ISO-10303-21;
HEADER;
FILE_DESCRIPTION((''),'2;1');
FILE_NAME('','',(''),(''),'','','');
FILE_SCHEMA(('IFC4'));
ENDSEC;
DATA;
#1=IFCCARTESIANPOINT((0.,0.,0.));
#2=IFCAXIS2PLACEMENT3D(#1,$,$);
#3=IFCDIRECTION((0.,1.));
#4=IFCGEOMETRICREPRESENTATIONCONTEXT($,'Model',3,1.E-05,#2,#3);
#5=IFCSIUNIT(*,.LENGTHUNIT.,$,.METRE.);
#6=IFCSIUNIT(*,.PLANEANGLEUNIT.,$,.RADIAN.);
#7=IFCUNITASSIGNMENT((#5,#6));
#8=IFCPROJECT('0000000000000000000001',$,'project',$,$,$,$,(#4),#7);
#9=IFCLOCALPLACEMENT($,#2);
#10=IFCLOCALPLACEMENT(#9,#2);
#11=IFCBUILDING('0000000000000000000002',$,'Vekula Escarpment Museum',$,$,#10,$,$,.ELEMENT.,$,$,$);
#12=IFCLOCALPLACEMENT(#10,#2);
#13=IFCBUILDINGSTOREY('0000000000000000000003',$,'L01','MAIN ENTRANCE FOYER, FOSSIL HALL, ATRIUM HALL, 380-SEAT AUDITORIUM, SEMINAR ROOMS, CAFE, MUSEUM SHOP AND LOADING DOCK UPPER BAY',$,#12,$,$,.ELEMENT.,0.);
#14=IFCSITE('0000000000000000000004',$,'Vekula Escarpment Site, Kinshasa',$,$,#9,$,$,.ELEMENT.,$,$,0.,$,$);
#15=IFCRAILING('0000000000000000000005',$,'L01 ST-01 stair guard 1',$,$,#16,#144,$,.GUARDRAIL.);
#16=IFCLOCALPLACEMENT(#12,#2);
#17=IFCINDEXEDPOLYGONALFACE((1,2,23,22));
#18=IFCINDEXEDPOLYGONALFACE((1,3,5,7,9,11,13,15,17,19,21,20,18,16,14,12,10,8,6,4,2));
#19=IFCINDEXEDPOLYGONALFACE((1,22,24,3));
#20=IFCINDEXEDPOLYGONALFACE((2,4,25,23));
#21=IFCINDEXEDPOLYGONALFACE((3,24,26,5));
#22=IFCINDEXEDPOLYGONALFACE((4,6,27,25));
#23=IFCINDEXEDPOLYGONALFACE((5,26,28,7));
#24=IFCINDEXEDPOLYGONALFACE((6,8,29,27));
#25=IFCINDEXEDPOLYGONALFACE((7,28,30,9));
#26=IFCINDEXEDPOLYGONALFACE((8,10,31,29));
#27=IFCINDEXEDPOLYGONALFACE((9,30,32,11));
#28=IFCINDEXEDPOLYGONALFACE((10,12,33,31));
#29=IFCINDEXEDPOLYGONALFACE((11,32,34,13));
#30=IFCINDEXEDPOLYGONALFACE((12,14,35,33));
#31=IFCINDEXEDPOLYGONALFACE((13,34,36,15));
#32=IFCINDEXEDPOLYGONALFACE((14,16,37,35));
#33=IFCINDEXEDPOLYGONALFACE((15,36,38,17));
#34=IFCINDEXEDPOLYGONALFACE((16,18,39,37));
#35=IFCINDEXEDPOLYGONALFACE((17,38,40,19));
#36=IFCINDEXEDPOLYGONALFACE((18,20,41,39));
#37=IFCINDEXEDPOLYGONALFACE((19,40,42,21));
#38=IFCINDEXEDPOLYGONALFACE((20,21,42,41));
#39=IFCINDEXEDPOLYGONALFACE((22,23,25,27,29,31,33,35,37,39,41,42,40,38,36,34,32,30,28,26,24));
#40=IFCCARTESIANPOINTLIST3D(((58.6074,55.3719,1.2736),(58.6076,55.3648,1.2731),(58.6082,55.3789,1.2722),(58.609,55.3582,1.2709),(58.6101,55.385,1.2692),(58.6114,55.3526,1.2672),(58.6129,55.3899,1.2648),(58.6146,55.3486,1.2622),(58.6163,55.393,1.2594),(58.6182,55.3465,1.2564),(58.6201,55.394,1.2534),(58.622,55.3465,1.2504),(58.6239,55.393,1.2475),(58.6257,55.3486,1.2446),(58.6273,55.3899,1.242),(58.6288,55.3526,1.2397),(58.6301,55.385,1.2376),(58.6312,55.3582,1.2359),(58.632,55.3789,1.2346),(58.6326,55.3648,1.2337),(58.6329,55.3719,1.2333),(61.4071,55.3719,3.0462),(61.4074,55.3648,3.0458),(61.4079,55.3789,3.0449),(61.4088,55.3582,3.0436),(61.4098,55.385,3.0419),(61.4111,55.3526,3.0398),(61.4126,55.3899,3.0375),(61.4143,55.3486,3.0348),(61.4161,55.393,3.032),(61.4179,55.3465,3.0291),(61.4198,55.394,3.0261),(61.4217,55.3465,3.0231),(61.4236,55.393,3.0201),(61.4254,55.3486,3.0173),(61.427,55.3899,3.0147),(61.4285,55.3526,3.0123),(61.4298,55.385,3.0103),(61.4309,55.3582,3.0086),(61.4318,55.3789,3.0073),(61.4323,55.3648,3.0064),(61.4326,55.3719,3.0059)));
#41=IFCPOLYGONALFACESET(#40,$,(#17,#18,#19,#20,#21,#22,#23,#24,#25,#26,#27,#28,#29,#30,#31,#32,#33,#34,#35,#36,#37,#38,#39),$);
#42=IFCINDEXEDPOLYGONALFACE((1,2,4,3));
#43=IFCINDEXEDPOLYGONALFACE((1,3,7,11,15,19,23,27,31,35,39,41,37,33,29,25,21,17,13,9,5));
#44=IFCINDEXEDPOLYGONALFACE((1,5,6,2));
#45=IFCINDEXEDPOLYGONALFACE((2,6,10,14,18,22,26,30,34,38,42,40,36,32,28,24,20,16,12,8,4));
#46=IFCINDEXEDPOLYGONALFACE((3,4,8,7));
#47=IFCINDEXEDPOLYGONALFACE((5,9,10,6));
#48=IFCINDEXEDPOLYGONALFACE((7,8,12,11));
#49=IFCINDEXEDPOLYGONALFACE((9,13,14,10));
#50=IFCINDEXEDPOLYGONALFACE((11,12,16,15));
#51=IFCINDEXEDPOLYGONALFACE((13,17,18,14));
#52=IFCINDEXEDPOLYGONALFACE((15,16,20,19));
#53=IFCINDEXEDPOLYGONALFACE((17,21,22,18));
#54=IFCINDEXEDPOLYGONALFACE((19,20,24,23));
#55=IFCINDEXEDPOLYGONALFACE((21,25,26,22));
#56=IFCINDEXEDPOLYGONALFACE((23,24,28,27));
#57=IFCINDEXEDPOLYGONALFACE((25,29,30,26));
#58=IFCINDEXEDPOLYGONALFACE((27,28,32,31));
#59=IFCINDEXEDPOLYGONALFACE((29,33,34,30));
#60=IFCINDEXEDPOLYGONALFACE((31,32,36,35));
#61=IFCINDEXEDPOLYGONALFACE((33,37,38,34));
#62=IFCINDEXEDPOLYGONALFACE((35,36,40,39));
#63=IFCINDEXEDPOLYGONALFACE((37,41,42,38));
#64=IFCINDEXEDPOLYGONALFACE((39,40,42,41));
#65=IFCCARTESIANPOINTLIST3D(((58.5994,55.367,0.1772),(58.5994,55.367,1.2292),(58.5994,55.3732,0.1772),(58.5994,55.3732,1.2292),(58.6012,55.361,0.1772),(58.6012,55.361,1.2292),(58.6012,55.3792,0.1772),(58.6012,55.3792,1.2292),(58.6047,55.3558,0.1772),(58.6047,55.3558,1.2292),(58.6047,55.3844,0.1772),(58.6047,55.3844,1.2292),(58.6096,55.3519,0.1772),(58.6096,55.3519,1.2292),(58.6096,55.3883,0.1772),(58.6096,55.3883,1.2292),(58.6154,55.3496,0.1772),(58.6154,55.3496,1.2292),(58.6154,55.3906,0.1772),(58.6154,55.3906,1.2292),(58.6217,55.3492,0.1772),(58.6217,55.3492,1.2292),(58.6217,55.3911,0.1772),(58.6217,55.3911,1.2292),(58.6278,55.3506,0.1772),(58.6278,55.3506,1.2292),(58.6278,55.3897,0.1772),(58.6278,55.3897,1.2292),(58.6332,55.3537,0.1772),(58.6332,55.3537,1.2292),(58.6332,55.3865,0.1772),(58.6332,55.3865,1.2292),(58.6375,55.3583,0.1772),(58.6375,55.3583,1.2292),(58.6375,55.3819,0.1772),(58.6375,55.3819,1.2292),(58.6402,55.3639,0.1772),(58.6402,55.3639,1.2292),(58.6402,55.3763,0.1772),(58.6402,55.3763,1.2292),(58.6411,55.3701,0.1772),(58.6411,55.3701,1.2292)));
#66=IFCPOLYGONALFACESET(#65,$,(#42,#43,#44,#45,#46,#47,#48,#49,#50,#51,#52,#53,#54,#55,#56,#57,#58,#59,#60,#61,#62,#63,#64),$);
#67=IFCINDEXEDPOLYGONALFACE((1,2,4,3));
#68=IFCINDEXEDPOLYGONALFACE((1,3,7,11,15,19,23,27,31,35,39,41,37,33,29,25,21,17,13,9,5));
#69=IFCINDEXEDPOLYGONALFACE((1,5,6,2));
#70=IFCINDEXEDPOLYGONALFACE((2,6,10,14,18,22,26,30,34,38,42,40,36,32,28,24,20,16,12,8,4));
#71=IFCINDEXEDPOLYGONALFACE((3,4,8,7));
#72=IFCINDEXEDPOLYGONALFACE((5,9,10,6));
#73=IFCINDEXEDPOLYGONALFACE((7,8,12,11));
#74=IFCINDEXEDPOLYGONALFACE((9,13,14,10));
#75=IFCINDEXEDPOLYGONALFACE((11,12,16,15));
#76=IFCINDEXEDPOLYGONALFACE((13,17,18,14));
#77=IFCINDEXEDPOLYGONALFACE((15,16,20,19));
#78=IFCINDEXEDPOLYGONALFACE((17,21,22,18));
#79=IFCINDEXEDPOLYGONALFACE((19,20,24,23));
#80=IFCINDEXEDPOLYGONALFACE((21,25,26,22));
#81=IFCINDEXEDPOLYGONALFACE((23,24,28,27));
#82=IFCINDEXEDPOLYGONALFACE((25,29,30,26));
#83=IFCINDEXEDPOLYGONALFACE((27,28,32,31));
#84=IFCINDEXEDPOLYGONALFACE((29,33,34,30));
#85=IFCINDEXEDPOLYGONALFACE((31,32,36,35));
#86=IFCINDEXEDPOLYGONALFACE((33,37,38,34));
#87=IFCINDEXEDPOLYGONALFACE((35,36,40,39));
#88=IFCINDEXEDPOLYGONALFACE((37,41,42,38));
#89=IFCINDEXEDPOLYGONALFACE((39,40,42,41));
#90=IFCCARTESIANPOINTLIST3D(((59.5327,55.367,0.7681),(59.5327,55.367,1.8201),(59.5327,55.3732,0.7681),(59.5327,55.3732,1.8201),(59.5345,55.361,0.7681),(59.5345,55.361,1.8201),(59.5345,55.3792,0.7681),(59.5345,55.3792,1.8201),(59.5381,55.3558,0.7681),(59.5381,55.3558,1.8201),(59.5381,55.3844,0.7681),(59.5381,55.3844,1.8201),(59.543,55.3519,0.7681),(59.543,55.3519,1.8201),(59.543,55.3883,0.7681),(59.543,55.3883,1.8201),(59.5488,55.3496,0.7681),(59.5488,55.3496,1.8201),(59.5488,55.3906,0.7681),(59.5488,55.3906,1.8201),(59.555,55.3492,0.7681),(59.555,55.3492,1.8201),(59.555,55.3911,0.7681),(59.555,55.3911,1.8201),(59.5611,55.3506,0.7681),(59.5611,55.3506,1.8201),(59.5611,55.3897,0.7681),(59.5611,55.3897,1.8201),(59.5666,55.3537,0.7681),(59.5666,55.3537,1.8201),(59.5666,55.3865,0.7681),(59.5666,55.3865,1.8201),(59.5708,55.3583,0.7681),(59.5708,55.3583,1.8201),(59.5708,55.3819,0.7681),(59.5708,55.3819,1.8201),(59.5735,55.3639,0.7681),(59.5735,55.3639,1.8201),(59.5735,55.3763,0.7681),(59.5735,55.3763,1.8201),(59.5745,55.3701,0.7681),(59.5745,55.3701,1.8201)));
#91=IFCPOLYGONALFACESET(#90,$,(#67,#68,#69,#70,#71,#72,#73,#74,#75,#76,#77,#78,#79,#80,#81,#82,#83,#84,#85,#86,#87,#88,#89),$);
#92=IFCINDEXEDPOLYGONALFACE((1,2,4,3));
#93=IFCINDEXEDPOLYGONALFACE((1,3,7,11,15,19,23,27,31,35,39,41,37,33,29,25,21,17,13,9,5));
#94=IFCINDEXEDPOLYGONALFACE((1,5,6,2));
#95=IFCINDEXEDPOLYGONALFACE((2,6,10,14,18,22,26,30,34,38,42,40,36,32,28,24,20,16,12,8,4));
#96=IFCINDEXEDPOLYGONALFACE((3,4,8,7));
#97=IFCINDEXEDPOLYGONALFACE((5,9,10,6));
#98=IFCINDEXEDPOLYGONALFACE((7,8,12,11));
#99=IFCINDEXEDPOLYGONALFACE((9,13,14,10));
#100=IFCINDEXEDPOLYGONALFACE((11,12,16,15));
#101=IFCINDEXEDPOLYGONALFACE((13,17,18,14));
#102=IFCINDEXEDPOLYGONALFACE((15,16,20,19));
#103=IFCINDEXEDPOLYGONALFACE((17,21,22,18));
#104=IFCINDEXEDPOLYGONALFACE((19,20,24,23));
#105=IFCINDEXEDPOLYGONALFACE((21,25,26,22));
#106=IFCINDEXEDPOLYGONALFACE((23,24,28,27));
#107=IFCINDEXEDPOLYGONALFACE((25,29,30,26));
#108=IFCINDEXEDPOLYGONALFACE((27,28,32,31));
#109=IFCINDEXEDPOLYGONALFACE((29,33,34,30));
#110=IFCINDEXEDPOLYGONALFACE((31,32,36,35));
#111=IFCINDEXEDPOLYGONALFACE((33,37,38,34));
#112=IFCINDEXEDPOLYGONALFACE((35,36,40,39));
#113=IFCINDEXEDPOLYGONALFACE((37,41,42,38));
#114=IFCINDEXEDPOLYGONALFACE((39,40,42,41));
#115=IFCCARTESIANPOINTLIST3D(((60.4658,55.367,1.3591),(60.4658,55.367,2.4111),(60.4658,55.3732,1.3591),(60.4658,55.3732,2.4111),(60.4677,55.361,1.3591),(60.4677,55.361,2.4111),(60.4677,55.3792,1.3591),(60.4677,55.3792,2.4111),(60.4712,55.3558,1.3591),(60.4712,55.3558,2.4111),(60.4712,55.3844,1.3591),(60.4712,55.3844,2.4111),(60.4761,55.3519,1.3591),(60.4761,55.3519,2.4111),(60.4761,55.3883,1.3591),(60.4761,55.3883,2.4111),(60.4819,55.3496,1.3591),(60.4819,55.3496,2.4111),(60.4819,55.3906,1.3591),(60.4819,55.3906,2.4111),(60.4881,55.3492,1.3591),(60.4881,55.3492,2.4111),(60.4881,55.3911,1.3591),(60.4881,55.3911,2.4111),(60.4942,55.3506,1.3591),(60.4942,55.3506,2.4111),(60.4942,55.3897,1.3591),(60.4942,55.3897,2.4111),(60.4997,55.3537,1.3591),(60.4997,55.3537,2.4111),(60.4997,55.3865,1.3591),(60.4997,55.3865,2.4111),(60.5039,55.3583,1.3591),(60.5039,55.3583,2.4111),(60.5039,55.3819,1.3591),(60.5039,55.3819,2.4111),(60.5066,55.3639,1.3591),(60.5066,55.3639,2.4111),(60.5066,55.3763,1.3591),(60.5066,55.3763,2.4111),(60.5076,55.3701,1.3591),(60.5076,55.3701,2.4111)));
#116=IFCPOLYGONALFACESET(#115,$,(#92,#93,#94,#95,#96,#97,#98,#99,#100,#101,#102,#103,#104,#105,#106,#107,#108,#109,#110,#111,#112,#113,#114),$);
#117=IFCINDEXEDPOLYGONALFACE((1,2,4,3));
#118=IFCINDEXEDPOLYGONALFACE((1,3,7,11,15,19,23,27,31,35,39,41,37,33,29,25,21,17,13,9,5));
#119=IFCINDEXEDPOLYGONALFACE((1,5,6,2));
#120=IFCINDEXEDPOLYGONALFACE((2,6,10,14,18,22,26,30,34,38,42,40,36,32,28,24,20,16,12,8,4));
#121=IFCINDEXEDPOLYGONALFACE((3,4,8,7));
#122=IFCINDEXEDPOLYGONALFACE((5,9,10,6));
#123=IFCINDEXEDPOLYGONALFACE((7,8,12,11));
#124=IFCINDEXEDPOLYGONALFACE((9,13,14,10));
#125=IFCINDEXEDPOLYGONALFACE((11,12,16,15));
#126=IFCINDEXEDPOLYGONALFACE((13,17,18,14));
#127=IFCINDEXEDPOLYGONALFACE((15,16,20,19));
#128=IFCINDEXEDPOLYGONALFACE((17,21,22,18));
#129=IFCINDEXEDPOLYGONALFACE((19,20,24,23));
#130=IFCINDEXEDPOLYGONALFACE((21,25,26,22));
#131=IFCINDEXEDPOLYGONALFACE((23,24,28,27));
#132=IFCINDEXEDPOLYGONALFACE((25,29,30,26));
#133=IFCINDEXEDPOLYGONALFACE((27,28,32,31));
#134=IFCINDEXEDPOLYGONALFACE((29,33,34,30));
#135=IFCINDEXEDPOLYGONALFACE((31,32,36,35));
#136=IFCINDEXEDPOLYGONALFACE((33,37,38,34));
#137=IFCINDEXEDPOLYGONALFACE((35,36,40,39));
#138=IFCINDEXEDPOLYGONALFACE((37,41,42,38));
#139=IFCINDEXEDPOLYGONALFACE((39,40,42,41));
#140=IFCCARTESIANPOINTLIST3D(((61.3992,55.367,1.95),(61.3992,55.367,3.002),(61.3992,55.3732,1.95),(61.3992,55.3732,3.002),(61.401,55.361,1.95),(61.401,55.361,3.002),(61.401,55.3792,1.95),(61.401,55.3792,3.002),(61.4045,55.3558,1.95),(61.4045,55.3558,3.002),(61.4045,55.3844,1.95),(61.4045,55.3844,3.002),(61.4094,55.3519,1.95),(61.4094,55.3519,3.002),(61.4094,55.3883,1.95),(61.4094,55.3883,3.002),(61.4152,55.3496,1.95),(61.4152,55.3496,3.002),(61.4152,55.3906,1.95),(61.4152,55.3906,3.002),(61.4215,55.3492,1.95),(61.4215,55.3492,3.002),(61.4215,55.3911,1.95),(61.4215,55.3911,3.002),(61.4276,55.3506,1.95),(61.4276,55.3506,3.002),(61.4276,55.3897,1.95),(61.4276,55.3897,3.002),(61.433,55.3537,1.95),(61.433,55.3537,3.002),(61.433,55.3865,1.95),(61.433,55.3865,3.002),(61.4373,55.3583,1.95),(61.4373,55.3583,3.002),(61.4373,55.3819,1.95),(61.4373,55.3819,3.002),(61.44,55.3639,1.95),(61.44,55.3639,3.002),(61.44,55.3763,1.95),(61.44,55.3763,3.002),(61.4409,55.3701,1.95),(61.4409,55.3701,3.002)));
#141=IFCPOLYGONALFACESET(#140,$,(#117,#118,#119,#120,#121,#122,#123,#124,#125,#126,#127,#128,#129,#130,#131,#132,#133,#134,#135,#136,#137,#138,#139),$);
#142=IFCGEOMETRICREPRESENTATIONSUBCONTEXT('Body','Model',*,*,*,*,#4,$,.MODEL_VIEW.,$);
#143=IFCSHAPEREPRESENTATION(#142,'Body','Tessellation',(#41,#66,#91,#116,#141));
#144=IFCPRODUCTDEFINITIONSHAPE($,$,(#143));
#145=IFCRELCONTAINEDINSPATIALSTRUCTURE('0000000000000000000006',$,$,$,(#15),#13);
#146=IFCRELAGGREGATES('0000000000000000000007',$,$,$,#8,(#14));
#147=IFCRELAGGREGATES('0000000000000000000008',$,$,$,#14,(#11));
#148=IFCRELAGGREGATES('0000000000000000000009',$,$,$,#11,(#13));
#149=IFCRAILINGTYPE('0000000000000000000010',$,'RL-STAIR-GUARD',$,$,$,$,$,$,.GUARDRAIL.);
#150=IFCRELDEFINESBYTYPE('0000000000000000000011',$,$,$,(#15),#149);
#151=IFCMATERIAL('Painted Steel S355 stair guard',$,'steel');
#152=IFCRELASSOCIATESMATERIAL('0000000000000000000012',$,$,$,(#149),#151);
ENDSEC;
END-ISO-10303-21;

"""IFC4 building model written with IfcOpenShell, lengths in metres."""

from ifc_helpers import new_model, si_unit, direction, frame, origin, origin_2d, place, context, subcontext, project, spatial, circle, extrude, material, type_object, element, save


model = new_model("IFC4")

# Units and contexts
model_context = context("Model", 3, precision=1e-05, world=origin(), true_north=direction((0.0, 1.0)))
body_context = subcontext(model_context, "Body", "Model", "MODEL_VIEW")
ifc_project = project(units=[si_unit("LENGTHUNIT", "METRE"), si_unit("PLANEANGLEUNIT", "RADIAN")], contexts=[model_context])

# Site, building, storey
site_placement = place(None, origin())
site = spatial("IfcSite", under=ifc_project, at=site_placement, Name="Vekula Escarpment Site, Kinshasa", CompositionType="ELEMENT", RefElevation=0.0)
building_placement = place(site_placement, origin())
building = spatial("IfcBuilding", under=site, at=building_placement, Name="Vekula Escarpment Museum", CompositionType="ELEMENT")
storey_placement = place(building_placement, origin())
storey = spatial("IfcBuildingStorey", under=building, at=storey_placement, Name="L01", Description="MAIN ENTRANCE FOYER, FOSSIL HALL, ATRIUM HALL, 380-SEAT AUDITORIUM, SEMINAR ROOMS, CAFE, MUSEUM SHOP AND LOADING DOCK UPPER BAY", CompositionType="ELEMENT", Elevation=0.0)

# Railing
ifc_material_1 = material(Name="Painted Steel S355 stair guard", Category="steel")
railing_type_1 = type_object("IfcRailingType", Name="RL-STAIR-GUARD", PredefinedType="GUARDRAIL", material=ifc_material_1)
railing_1_placement = place(storey_placement, frame((58.6201, 55.3701, 0.1772)))
element("IfcRailing", 1, at=railing_1_placement, inside=storey, type_object=railing_type_1, Name="L01 ST-01 stair guard 1", PredefinedType="GUARDRAIL", context=body_context, shape_type="SweptSolid", body=[
    extrude(circle(Radius=0.0239, at=origin_2d()), frame((0.0, 0.0, 1.0762), z_axis=(0.844888, 0.0, 0.534943), x_axis=(0.0, 1.0, 0.0)), (0.0, 0.0, 1.0), 3.3137),
    extrude(circle(Radius=0.021, at=origin_2d()), origin(), (0.0, 0.0, 1.0), 1.052),
    extrude(circle(Radius=0.021, at=origin_2d()), frame((0.9333, 0.0, 0.5908)), (0.0, 0.0, 1.0), 1.052),
    extrude(circle(Radius=0.021, at=origin_2d()), frame((1.8665, 0.0, 1.1819)), (0.0, 0.0, 1.0), 1.052),
    extrude(circle(Radius=0.021, at=origin_2d()), frame((2.7998, 0.0, 1.7727)), (0.0, 0.0, 1.0), 1.052),
])

save(model, "model.ifc")
